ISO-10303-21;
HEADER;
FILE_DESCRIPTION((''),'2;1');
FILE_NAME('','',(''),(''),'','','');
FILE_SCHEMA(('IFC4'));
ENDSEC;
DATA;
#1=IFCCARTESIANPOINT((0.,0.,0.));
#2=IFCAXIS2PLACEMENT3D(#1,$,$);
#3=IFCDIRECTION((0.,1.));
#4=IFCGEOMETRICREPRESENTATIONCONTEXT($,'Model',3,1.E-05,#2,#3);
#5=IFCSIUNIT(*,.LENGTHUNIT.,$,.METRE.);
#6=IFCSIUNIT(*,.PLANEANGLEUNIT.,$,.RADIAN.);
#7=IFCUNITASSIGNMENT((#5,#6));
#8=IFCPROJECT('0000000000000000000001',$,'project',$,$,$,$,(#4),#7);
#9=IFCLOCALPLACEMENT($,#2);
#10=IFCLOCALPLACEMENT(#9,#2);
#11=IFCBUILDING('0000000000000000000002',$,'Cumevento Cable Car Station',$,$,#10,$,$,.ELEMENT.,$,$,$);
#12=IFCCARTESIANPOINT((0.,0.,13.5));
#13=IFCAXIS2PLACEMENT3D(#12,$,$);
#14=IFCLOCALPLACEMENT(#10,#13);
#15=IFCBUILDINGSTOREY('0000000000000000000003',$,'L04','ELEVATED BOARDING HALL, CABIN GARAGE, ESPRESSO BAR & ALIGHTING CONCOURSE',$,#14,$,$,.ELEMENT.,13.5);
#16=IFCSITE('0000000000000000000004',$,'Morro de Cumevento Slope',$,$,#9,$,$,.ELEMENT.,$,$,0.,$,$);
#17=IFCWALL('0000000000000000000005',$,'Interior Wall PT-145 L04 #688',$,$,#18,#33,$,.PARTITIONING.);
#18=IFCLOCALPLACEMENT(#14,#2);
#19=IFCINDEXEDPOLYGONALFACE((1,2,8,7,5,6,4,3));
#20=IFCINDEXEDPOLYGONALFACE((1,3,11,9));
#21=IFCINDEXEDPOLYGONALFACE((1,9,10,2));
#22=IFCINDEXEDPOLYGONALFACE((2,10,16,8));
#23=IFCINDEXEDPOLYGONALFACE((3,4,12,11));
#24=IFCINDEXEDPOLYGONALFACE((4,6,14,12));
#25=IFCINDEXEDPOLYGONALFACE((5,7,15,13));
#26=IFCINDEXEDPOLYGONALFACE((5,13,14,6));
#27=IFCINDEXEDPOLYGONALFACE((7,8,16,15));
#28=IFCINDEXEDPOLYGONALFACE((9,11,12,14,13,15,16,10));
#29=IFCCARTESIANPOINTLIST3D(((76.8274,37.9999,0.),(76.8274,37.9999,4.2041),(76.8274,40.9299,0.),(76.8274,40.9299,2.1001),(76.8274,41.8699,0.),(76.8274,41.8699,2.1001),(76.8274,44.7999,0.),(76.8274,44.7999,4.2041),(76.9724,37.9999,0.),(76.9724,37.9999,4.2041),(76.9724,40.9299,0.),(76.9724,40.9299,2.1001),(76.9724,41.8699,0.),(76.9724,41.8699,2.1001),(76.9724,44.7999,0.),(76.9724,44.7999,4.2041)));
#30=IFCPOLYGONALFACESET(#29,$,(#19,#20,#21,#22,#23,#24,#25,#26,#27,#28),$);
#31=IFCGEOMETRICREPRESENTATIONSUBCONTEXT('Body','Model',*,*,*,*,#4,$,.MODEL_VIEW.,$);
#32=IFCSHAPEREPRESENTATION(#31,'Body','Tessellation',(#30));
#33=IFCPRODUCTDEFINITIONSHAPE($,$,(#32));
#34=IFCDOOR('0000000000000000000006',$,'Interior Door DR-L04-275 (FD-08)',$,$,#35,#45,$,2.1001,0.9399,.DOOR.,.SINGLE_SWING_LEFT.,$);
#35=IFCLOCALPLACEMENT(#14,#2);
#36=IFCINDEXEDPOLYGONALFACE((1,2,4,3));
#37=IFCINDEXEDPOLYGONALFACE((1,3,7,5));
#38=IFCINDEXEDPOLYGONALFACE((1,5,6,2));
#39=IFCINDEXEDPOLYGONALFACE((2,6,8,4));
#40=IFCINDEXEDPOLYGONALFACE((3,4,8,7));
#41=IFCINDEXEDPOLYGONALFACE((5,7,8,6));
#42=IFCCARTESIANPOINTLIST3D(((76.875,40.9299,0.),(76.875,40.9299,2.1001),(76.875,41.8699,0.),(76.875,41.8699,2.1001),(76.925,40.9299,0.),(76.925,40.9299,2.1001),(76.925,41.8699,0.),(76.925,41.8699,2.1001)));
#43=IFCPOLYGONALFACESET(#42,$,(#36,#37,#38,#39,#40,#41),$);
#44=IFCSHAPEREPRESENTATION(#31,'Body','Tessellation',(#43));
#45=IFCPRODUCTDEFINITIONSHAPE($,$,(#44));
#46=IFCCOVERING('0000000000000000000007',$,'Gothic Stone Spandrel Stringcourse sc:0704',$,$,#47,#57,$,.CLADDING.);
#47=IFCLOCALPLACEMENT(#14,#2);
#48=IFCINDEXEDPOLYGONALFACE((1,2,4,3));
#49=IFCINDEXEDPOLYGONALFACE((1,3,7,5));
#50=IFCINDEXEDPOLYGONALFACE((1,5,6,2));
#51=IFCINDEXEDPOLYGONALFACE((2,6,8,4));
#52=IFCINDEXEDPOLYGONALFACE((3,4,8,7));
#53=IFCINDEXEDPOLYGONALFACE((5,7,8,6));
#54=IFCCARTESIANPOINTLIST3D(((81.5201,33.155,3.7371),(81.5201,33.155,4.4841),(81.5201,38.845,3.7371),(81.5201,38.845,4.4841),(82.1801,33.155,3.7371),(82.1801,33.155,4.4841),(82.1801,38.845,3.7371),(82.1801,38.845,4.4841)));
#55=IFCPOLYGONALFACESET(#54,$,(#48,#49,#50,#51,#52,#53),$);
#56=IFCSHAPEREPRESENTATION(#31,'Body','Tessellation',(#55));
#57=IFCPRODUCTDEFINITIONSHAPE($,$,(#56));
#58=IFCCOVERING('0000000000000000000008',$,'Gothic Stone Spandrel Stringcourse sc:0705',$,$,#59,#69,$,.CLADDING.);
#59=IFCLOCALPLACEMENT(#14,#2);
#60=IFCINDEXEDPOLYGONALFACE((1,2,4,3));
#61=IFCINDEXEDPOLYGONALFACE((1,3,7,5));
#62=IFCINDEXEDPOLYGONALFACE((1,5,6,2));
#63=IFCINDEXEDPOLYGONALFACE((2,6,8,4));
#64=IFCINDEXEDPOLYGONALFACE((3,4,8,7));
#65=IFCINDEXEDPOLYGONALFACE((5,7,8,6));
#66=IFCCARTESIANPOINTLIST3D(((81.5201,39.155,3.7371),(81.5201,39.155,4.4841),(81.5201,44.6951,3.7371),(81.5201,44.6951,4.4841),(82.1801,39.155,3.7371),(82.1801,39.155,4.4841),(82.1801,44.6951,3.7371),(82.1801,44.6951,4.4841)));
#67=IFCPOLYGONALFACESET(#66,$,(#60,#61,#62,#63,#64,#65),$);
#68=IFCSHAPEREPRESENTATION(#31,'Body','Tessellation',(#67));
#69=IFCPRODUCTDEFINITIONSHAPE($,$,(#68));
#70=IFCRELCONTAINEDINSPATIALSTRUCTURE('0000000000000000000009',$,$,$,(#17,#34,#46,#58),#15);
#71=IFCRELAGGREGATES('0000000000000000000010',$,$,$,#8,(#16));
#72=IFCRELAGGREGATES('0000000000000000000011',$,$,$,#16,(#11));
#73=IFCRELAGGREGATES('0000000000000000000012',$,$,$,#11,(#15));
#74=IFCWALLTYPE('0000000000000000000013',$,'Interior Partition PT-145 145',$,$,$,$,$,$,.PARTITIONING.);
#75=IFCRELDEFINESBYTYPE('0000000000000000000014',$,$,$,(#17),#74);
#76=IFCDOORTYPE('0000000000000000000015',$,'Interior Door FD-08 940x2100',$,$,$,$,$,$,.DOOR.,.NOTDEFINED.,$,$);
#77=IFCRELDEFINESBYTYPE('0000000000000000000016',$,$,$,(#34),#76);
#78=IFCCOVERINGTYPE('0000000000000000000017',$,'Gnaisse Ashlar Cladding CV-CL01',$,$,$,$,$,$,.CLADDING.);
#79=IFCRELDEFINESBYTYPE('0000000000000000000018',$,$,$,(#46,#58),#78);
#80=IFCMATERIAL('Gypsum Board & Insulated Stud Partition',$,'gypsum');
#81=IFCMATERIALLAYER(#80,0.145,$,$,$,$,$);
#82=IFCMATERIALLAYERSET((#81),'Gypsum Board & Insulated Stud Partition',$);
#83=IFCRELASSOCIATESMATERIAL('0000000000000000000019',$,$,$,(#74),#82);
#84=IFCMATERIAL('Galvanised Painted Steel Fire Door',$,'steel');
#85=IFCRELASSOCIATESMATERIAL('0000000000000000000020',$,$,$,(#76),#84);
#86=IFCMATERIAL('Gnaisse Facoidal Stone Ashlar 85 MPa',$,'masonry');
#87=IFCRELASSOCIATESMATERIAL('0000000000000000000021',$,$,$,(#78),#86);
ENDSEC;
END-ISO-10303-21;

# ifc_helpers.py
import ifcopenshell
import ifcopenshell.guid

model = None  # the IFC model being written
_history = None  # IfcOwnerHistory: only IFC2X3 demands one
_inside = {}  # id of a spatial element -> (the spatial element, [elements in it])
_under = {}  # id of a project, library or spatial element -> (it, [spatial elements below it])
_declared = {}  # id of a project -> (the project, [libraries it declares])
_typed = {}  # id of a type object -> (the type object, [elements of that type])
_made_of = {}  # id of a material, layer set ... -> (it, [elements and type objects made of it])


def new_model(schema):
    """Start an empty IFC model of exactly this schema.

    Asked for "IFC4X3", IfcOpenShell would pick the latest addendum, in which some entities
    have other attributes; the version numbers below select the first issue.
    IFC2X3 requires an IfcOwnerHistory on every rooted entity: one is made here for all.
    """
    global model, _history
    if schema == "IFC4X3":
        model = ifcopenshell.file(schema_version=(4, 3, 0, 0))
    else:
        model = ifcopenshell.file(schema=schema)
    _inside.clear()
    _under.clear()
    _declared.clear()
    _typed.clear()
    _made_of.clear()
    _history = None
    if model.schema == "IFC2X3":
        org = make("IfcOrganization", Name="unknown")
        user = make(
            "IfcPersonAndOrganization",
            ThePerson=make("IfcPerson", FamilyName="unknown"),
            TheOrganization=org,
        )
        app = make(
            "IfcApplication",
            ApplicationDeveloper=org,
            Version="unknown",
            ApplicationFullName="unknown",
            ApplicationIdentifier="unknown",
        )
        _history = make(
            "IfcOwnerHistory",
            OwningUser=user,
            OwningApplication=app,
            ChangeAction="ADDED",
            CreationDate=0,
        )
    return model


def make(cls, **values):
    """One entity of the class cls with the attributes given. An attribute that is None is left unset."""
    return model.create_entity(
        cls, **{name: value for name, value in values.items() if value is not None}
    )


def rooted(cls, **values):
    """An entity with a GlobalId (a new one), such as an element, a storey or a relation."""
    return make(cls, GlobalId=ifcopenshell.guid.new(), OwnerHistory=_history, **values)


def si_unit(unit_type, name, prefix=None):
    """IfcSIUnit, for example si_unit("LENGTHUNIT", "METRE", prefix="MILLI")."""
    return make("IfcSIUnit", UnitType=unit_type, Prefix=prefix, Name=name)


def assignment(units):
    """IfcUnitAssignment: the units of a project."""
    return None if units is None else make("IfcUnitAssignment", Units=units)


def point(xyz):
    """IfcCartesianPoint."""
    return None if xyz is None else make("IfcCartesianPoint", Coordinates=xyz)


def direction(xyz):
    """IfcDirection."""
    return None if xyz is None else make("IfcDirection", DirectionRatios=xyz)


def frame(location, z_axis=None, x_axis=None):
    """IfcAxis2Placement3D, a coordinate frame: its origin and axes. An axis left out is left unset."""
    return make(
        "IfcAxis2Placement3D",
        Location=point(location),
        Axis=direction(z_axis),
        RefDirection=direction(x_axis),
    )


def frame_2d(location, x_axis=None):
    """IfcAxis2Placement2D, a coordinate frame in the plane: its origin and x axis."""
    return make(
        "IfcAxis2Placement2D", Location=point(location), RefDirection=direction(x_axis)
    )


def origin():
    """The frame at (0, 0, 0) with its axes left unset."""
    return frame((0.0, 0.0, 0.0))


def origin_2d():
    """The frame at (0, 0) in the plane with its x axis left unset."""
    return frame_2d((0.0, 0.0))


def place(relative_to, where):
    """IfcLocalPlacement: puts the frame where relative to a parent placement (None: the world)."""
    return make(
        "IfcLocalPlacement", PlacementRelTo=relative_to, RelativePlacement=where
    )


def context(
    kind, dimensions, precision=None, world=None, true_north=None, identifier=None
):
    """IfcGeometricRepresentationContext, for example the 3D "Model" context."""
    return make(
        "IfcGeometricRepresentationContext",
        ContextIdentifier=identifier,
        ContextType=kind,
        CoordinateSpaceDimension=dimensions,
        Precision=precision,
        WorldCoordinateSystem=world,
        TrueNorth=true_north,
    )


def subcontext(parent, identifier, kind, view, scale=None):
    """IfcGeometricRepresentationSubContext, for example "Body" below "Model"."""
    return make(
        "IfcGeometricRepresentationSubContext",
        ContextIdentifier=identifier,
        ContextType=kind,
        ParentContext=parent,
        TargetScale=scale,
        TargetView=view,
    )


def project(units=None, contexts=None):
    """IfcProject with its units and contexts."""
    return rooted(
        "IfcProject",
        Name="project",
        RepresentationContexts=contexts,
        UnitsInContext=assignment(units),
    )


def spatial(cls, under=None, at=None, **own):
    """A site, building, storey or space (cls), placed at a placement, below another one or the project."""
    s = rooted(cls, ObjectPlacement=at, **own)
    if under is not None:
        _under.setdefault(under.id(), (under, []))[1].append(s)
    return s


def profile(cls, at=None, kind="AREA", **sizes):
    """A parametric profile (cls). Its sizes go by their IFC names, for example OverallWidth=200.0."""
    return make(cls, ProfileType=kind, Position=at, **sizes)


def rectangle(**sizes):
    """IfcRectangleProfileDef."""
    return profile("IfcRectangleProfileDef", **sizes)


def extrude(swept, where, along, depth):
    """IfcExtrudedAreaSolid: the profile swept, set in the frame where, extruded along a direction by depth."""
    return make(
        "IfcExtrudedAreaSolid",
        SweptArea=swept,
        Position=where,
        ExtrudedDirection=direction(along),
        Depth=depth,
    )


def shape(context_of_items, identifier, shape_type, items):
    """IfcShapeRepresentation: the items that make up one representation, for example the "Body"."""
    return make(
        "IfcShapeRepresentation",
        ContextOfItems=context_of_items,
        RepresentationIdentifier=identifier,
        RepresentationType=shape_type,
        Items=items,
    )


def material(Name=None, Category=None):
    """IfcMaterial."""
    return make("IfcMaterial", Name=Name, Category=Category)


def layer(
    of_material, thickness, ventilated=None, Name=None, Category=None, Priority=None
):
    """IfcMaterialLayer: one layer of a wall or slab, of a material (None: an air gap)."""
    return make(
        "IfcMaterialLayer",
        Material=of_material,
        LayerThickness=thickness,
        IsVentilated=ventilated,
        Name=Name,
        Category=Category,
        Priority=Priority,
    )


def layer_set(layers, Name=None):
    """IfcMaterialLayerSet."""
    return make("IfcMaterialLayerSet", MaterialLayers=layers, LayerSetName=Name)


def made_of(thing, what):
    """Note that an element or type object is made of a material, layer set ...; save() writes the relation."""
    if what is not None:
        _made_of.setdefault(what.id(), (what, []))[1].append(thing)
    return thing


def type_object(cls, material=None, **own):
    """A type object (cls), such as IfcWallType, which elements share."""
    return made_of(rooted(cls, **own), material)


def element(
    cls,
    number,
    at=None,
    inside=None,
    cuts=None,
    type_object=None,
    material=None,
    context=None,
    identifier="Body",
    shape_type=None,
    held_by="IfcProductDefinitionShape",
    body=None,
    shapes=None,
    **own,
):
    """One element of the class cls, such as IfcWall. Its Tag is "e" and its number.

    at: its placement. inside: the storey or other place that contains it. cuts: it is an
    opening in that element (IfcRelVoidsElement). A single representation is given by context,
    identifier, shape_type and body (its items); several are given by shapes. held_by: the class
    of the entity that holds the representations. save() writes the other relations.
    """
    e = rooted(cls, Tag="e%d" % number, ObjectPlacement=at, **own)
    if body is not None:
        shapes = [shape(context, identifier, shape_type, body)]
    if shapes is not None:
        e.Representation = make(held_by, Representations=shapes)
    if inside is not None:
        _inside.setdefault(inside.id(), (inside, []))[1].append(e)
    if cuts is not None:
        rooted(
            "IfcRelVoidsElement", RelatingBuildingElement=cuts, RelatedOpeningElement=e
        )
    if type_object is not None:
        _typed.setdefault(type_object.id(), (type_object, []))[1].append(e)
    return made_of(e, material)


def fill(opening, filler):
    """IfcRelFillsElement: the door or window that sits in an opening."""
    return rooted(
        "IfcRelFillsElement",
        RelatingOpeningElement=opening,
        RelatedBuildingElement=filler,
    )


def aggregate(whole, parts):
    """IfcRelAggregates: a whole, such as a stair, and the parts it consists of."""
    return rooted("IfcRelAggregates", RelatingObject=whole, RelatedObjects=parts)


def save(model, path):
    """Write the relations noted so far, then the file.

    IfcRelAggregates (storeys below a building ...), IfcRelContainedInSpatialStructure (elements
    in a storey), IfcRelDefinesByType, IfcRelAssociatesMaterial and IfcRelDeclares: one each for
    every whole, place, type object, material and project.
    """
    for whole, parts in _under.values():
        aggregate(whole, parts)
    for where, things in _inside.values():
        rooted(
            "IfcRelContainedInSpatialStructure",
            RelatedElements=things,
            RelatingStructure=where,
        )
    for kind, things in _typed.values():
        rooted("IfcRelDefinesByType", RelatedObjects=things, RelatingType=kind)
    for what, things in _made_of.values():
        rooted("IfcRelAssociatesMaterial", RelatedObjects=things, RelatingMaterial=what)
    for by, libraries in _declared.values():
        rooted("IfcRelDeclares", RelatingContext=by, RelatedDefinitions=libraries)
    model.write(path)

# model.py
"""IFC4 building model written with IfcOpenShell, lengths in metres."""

from ifc_helpers import new_model, si_unit, direction, frame, frame_2d, origin, origin_2d, place, context, subcontext, project, spatial, rectangle, extrude, material, layer, layer_set, type_object, element, fill, save


model = new_model("IFC4")

# Units and contexts
model_context = context("Model", 3, precision=1e-05, world=origin(), true_north=direction((0.0, 1.0)))
body_context = subcontext(model_context, "Body", "Model", "MODEL_VIEW")
ifc_project = project(units=[si_unit("LENGTHUNIT", "METRE"), si_unit("PLANEANGLEUNIT", "RADIAN")], contexts=[model_context])

# Site, building, storey
site_placement = place(None, origin())
site = spatial("IfcSite", under=ifc_project, at=site_placement, Name="Morro de Cumevento Slope", CompositionType="ELEMENT", RefElevation=0.0)
building_placement = place(site_placement, origin())
building = spatial("IfcBuilding", under=site, at=building_placement, Name="Cumevento Cable Car Station", CompositionType="ELEMENT")
storey_placement = place(building_placement, frame((0.0, 0.0, 13.5)))
storey = spatial("IfcBuildingStorey", under=building, at=storey_placement, Name="L04", Description="ELEVATED BOARDING HALL, CABIN GARAGE, ESPRESSO BAR & ALIGHTING CONCOURSE", CompositionType="ELEMENT", Elevation=13.5)

# Wall, opening, door
ifc_material_1 = material(Name="Gypsum Board & Insulated Stud Partition", Category="gypsum")
ifc_layer_1 = layer(ifc_material_1, 0.145)
ifc_layer_set_1 = layer_set([ifc_layer_1], Name="Gypsum Board & Insulated Stud Partition")
wall_type = type_object("IfcWallType", Name="Interior Partition PT-145 145", PredefinedType="PARTITIONING", material=ifc_layer_set_1)
wall_placement = place(storey_placement, frame((76.8999, 38.0, 0.0), z_axis=(0.0, 0.0, 1.0), x_axis=(0.0, 1.0, 0.0)))
wall = element("IfcWall", 1, at=wall_placement, inside=storey, type_object=wall_type, Name="Interior Wall PT-145 L04 #688", PredefinedType="PARTITIONING", context=body_context, shape_type="SweptSolid", body=[
    extrude(rectangle(XDim=6.8, YDim=0.145, at=frame_2d((3.3999, 0.0))), origin(), (0.0, 0.0, 1.0), 4.2041),
])
opening_placement = place(wall_placement, frame((2.9299, 0.0, 0.0)))
opening = element("IfcOpeningElement", 2, at=opening_placement, cuts=wall, PredefinedType="OPENING", context=body_context, shape_type="SweptSolid", body=[
    extrude(rectangle(XDim=0.9399, YDim=2.1001, at=frame_2d((0.47, 1.05))), frame((0.0, 0.0825, 0.0), z_axis=(0.0, -1.0, 0.0), x_axis=(1.0, 0.0, 0.0)), (0.0, 0.0, 1.0), 0.165),
])
ifc_material_2 = material(Name="Galvanised Painted Steel Fire Door", Category="steel")
door_type = type_object("IfcDoorType", Name="Interior Door FD-08 940x2100", OperationType="NOTDEFINED", PredefinedType="DOOR", material=ifc_material_2)
door_placement = place(opening_placement, origin())
door = element("IfcDoor", 3, at=door_placement, inside=storey, type_object=door_type, Name="Interior Door DR-L04-275 (FD-08)", OperationType="SINGLE_SWING_LEFT", OverallHeight=2.1001, OverallWidth=0.9399, PredefinedType="DOOR", context=body_context, shape_type="SweptSolid", body=[
    extrude(rectangle(XDim=0.9399, YDim=2.1001, at=frame_2d((0.47, 1.05))), frame((0.0, 0.0249, 0.0), z_axis=(0.0, -1.0, 0.0), x_axis=(1.0, 0.0, 0.0)), (0.0, 0.0, 1.0), 0.05),
])
fill(opening, door)

# Coverings
ifc_material_3 = material(Name="Gnaisse Facoidal Stone Ashlar 85 MPa", Category="masonry")
covering_type = type_object("IfcCoveringType", Name="Gnaisse Ashlar Cladding CV-CL01", PredefinedType="CLADDING", material=ifc_material_3)
covering_1_placement = place(storey_placement, frame((81.8501, 36.0, 3.7371), z_axis=(0.0, 0.0, 1.0), x_axis=(0.0, -1.0, 0.0)))
element("IfcCovering", 4, at=covering_1_placement, inside=storey, type_object=covering_type, Name="Gothic Stone Spandrel Stringcourse sc:0704", PredefinedType="CLADDING", context=body_context, shape_type="SweptSolid", body=[
    extrude(rectangle(XDim=5.6899, YDim=0.6599, at=origin_2d()), origin(), (0.0, 0.0, 1.0), 0.7471),
])
covering_2_placement = place(storey_placement, frame((81.8501, 41.925, 3.7371), z_axis=(0.0, 0.0, 1.0), x_axis=(0.0, -1.0, 0.0)))
element("IfcCovering", 5, at=covering_2_placement, inside=storey, type_object=covering_type, Name="Gothic Stone Spandrel Stringcourse sc:0705", PredefinedType="CLADDING", context=body_context, shape_type="SweptSolid", body=[
    extrude(rectangle(XDim=5.54, YDim=0.6599, at=origin_2d()), origin(), (0.0, 0.0, 1.0), 0.7471),
])

save(model, "model.ifc")
